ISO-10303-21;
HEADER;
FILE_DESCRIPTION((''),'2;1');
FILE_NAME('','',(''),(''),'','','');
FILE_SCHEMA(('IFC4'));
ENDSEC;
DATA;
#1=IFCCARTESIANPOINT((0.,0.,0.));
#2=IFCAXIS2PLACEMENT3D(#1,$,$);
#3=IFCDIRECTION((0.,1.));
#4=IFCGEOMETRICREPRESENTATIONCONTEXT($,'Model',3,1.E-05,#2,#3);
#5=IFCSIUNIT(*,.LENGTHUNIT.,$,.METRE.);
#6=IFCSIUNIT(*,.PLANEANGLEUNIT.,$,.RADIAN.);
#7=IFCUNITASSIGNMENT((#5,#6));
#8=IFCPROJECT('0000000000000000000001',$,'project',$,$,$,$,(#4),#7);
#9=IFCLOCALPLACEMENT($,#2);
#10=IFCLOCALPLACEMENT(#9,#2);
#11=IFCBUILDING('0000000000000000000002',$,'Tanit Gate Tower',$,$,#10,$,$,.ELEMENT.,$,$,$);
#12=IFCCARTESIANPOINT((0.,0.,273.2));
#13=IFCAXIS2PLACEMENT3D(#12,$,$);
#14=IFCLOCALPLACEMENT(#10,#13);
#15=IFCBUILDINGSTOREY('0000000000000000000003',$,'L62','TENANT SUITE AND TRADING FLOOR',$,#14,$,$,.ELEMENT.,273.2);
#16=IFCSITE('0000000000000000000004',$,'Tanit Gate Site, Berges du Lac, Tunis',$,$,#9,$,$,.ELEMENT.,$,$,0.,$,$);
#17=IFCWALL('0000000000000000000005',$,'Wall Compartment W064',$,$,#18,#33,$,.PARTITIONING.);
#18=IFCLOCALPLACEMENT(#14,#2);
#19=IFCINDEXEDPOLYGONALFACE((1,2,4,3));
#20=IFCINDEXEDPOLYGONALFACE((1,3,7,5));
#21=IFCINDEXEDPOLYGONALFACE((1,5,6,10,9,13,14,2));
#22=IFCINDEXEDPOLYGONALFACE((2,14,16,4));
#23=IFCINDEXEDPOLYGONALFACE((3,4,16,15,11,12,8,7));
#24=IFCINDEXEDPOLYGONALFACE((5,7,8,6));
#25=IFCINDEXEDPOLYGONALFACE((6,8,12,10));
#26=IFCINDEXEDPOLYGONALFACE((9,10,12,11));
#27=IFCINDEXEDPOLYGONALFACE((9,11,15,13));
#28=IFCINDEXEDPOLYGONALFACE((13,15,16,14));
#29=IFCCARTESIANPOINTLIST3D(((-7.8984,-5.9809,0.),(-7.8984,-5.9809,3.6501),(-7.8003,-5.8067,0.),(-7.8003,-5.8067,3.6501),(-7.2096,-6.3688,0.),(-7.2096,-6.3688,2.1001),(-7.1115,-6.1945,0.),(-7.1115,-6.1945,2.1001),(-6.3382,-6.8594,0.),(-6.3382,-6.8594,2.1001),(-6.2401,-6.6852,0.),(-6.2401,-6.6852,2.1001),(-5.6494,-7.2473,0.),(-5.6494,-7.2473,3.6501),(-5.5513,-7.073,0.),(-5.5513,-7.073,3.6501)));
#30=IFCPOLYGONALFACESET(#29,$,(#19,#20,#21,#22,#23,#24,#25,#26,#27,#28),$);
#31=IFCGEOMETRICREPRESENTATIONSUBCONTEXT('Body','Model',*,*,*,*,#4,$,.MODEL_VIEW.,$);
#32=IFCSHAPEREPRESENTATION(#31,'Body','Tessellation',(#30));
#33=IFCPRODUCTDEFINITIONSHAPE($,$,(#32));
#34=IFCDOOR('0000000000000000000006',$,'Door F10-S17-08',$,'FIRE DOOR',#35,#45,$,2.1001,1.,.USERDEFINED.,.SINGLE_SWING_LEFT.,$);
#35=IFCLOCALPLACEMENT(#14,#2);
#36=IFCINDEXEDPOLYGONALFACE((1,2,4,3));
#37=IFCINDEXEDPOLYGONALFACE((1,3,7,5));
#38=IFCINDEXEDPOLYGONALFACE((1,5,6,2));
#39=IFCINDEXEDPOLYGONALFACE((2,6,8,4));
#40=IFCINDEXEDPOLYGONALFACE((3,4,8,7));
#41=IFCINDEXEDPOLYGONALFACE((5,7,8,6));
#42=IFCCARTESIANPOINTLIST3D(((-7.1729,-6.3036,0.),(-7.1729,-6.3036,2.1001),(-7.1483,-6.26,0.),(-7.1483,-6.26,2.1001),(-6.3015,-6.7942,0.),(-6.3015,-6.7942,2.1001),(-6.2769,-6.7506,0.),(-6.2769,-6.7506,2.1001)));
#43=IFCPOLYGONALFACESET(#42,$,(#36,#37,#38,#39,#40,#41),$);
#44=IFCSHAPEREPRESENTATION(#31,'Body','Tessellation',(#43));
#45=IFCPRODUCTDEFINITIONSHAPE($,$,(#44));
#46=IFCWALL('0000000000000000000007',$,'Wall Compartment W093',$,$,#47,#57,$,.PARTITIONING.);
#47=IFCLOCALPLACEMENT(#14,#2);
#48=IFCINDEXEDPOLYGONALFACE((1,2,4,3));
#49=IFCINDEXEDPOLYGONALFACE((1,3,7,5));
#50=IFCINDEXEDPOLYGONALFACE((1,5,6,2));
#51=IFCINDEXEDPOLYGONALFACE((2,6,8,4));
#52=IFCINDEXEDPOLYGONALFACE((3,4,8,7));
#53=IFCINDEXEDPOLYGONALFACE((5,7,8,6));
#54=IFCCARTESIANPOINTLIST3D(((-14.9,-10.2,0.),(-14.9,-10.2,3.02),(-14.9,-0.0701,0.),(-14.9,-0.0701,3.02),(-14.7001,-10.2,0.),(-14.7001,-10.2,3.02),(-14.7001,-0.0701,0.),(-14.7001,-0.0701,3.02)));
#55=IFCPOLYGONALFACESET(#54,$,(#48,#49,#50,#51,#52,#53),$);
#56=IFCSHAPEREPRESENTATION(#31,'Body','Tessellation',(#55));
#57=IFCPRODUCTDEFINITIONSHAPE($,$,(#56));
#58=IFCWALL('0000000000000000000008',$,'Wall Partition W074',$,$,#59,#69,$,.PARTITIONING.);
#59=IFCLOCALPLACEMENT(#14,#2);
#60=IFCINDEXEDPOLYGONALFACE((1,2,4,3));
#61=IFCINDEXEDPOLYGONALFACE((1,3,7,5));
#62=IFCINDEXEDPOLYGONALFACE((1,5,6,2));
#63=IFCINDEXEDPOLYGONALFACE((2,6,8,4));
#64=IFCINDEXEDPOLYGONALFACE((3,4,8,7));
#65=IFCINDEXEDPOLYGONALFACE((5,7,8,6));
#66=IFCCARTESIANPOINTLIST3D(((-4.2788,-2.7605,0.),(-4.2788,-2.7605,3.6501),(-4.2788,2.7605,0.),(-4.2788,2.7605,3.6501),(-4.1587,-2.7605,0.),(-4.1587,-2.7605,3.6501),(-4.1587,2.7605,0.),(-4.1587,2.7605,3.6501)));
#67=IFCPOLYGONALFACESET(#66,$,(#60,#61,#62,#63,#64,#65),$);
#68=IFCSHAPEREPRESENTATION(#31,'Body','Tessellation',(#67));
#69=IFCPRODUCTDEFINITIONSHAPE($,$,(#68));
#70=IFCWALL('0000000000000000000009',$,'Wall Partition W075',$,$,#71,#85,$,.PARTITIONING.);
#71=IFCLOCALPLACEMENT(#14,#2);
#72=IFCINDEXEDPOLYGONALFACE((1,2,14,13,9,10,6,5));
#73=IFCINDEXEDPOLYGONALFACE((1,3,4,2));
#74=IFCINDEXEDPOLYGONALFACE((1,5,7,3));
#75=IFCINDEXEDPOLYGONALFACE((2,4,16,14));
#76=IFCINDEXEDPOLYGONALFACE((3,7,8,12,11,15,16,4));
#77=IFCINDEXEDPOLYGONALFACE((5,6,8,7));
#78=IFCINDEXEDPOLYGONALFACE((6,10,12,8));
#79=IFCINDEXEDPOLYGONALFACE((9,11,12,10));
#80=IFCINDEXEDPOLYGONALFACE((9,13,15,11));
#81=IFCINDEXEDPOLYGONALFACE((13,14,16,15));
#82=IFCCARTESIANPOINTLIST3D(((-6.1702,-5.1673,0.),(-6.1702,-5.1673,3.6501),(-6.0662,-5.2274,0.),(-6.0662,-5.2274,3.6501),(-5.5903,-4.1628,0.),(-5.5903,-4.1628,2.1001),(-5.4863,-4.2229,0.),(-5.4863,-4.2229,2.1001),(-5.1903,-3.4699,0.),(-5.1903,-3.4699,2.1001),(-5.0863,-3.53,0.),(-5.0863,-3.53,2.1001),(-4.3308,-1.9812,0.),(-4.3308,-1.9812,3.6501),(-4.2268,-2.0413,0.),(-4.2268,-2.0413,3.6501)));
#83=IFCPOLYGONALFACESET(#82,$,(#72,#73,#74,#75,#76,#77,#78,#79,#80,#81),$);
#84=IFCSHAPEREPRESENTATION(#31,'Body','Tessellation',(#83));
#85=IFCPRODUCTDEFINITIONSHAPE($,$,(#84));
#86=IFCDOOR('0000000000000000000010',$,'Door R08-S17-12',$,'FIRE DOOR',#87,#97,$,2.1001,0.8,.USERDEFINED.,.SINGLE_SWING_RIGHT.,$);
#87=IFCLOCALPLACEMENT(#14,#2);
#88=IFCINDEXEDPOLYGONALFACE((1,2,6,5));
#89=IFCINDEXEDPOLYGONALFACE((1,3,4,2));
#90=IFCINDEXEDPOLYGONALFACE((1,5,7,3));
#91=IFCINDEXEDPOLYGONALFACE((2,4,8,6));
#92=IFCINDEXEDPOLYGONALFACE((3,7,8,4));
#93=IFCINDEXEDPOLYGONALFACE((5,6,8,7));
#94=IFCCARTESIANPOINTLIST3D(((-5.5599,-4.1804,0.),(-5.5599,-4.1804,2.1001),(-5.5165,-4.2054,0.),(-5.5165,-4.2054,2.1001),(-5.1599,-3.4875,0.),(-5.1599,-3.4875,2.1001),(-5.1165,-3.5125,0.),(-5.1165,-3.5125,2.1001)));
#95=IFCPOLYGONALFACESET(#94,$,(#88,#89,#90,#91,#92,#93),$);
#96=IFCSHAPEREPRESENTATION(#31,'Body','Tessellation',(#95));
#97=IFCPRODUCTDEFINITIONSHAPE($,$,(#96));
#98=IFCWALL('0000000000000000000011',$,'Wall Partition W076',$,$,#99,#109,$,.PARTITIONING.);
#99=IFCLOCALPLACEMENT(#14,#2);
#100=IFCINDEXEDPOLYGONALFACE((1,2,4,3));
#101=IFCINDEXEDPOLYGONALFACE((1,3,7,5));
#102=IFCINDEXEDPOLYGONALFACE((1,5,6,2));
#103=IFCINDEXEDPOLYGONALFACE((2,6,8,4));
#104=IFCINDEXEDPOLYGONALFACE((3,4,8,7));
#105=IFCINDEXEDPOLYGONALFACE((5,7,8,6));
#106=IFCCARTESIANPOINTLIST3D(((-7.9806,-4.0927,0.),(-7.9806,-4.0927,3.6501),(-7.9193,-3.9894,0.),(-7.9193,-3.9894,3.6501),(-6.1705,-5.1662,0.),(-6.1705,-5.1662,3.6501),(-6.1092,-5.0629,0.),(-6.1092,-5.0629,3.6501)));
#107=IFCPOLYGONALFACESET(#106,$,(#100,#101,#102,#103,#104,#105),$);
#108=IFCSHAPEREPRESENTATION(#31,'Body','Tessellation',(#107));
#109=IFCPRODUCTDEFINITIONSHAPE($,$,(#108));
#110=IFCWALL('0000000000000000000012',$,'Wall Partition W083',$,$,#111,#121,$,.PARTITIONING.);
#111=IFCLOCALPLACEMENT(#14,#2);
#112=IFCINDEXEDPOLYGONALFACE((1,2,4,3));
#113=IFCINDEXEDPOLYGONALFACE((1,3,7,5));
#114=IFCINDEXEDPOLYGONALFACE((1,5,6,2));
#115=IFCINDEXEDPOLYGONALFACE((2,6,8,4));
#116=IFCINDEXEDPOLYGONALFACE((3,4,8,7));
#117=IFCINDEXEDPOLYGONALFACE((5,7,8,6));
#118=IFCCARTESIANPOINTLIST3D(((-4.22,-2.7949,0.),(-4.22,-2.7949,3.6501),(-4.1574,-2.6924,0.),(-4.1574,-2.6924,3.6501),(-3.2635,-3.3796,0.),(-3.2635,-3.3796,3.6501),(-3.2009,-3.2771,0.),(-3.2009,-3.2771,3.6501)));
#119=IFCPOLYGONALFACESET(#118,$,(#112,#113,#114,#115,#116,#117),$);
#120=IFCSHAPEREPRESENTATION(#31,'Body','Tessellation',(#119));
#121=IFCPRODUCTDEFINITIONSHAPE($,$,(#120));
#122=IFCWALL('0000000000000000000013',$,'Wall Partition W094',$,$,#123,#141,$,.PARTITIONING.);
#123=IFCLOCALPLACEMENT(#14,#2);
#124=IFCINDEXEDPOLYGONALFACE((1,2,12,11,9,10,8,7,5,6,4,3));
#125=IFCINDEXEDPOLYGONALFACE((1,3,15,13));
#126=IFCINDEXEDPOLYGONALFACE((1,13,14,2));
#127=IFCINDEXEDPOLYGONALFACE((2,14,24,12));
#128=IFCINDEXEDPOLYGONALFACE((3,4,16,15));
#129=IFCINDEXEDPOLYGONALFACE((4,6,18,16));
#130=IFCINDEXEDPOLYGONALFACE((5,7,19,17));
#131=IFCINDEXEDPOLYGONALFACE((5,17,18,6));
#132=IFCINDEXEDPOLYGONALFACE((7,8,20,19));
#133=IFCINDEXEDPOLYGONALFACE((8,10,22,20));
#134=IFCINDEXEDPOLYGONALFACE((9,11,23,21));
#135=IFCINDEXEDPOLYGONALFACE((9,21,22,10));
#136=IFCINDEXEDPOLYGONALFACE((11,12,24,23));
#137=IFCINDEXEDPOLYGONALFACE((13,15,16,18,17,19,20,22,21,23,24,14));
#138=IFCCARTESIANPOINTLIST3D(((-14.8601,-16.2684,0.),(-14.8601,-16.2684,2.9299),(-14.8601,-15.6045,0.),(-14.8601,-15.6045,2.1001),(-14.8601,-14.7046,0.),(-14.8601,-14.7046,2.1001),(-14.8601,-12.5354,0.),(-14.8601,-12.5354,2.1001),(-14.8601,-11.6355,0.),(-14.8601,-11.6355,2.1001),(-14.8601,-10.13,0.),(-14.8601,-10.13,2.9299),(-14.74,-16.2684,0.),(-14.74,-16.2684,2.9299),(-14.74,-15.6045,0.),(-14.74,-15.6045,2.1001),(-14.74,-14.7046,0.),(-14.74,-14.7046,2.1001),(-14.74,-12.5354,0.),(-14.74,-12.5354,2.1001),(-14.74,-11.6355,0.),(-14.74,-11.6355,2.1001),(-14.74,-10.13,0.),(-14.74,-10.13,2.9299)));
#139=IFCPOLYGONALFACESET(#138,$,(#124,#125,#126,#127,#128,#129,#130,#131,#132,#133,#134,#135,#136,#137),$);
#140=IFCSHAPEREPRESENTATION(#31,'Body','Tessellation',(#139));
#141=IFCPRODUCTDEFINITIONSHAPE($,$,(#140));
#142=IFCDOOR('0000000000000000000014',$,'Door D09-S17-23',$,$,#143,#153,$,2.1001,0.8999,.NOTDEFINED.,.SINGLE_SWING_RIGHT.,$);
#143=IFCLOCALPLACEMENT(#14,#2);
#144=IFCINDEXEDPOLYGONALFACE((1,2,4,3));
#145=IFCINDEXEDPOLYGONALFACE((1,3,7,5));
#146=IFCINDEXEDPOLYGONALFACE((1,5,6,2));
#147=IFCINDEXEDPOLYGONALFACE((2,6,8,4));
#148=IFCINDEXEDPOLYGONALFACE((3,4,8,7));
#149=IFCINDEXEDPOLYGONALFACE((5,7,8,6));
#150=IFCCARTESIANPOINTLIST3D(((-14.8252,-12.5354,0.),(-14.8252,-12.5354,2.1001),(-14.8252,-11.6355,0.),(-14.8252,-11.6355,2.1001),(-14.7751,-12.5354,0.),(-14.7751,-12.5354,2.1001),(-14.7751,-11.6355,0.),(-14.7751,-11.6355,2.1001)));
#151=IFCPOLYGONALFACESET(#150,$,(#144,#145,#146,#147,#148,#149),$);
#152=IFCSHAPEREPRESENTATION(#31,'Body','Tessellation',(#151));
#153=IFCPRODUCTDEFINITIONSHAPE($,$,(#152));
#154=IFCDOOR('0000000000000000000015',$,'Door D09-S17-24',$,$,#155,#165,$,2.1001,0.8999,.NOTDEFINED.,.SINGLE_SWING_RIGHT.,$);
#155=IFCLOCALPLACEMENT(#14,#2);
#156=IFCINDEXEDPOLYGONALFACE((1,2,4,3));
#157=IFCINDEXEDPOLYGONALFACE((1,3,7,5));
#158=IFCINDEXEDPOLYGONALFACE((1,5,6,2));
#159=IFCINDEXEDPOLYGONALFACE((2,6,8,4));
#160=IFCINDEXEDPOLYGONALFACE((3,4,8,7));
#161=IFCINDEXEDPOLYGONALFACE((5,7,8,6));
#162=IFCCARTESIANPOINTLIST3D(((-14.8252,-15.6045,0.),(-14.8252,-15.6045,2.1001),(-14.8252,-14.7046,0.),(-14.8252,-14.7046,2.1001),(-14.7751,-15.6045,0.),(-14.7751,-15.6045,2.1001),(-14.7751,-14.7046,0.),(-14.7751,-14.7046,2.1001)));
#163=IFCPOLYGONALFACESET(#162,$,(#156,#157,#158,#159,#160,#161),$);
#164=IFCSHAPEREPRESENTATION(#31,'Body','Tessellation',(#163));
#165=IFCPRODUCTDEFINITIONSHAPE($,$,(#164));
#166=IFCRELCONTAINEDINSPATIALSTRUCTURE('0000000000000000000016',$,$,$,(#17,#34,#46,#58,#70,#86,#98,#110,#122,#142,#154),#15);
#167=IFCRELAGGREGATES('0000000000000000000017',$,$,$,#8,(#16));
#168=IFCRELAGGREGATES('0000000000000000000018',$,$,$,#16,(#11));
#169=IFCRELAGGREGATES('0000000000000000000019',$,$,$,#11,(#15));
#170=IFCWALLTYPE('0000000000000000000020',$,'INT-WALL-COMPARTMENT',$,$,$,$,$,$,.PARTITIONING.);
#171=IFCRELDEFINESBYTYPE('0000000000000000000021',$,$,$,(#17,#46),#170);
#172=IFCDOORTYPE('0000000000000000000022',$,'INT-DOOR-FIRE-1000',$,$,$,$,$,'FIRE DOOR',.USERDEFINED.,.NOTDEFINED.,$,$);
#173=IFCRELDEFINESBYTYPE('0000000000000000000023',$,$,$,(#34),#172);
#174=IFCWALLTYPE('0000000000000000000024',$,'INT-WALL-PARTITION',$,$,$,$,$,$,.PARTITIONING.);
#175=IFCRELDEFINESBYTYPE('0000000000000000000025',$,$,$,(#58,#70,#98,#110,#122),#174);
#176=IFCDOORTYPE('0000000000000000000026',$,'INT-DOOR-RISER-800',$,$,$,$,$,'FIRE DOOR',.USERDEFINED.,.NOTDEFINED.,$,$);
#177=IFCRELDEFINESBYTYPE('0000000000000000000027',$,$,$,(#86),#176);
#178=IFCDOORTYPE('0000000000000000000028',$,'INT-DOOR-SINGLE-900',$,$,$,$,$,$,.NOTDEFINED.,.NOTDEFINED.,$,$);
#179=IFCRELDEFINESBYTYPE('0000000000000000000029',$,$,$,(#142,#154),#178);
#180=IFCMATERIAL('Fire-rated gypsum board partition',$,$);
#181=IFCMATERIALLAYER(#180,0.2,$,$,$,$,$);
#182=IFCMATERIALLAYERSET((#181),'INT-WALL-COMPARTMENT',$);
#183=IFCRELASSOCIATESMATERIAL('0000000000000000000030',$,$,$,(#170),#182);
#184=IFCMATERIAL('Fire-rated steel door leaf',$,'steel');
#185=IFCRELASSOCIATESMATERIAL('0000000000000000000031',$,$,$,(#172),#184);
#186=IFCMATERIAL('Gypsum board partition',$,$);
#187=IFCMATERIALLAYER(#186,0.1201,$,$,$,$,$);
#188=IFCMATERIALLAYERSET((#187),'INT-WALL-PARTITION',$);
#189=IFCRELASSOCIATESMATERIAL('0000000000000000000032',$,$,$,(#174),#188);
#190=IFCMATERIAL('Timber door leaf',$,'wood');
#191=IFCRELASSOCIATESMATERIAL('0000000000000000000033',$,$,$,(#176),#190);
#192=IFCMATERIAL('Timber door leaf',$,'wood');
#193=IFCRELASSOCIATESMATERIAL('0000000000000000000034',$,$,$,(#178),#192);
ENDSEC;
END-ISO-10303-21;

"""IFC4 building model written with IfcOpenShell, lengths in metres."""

from ifc_helpers import new_model, si_unit, direction, frame, frame_2d, origin, place, context, subcontext, project, spatial, rectangle, extrude, material, layer, layer_set, type_object, element, fill, save


model = new_model("IFC4")

# Units and contexts
model_context = context("Model", 3, precision=1e-05, world=origin(), true_north=direction((0.0, 1.0)))
body_context = subcontext(model_context, "Body", "Model", "MODEL_VIEW")
ifc_project = project(units=[si_unit("LENGTHUNIT", "METRE"), si_unit("PLANEANGLEUNIT", "RADIAN")], contexts=[model_context])

# Site, building, storey
site_placement = place(None, origin())
site = spatial("IfcSite", under=ifc_project, at=site_placement, Name="Tanit Gate Site, Berges du Lac, Tunis", CompositionType="ELEMENT", RefElevation=0.0)
building_placement = place(site_placement, origin())
building = spatial("IfcBuilding", under=site, at=building_placement, Name="Tanit Gate Tower", CompositionType="ELEMENT")
storey_placement = place(building_placement, frame((0.0, 0.0, 273.2)))
storey = spatial("IfcBuildingStorey", under=building, at=storey_placement, Name="L62", Description="TENANT SUITE AND TRADING FLOOR", CompositionType="ELEMENT", Elevation=273.2)

# Wall, opening, door
ifc_material_1 = material(Name="Fire-rated gypsum board partition")
ifc_layer_1 = layer(ifc_material_1, 0.2)
ifc_layer_set_1 = layer_set([ifc_layer_1], Name="INT-WALL-COMPARTMENT")
wall_type_1 = type_object("IfcWallType", Name="INT-WALL-COMPARTMENT", PredefinedType="PARTITIONING", material=ifc_layer_set_1)
wall_1_placement = place(storey_placement, frame((-7.8494, -5.8938, 0.0), z_axis=(0.0, 0.0, 1.0), x_axis=(0.871363, -0.490638, 0.0)))
wall_1 = element("IfcWall", 1, at=wall_1_placement, inside=storey, type_object=wall_type_1, Name="Wall Compartment W064", PredefinedType="PARTITIONING", context=body_context, shape_type="SweptSolid", body=[
    extrude(rectangle(XDim=2.5811, YDim=0.2, at=frame_2d((1.2905, 0.0))), origin(), (0.0, 0.0, 1.0), 3.6501),
])
opening_1_placement = place(wall_1_placement, frame((0.7905, 0.0, 0.0)))
opening_1 = element("IfcOpeningElement", 2, at=opening_1_placement, cuts=wall_1, PredefinedType="OPENING", context=body_context, shape_type="SweptSolid", body=[
    extrude(rectangle(XDim=1.0, YDim=2.1001, at=frame_2d((0.5, 1.05))), frame((0.0, 0.1099, 0.0), z_axis=(0.0, -1.0, 0.0), x_axis=(1.0, 0.0, 0.0)), (0.0, 0.0, 1.0), 0.22),
])
ifc_material_2 = material(Name="Fire-rated steel door leaf", Category="steel")
door_type_1 = type_object("IfcDoorType", Name="INT-DOOR-FIRE-1000", ElementType="FIRE DOOR", OperationType="NOTDEFINED", PredefinedType="USERDEFINED", material=ifc_material_2)
door_1_placement = place(opening_1_placement, origin())
door_1 = element("IfcDoor", 3, at=door_1_placement, inside=storey, type_object=door_type_1, Name="Door F10-S17-08", ObjectType="FIRE DOOR", OperationType="SINGLE_SWING_LEFT", OverallHeight=2.1001, OverallWidth=1.0, PredefinedType="USERDEFINED", context=body_context, shape_type="SweptSolid", body=[
    extrude(rectangle(XDim=1.0, YDim=2.1001, at=frame_2d((0.5, 1.05))), frame((0.0, 0.0249, 0.0), z_axis=(0.0, -1.0, 0.0), x_axis=(1.0, 0.0, 0.0)), (0.0, 0.0, 1.0), 0.05),
])
fill(opening_1, door_1)

# Walls
wall_2_placement = place(storey_placement, frame((-14.8, -0.0701, 0.0), z_axis=(0.0, 0.0, 1.0), x_axis=(0.0, -1.0, 0.0)))
element("IfcWall", 4, at=wall_2_placement, inside=storey, type_object=wall_type_1, Name="Wall Compartment W093", PredefinedType="PARTITIONING", context=body_context, shape_type="SweptSolid", body=[
    extrude(rectangle(XDim=10.1299, YDim=0.2, at=frame_2d((5.0649, 0.0))), origin(), (0.0, 0.0, 1.0), 3.02),
])
ifc_material_3 = material(Name="Gypsum board partition")
ifc_layer_2 = layer(ifc_material_3, 0.1201)
ifc_layer_set_2 = layer_set([ifc_layer_2], Name="INT-WALL-PARTITION")
wall_type_2 = type_object("IfcWallType", Name="INT-WALL-PARTITION", PredefinedType="PARTITIONING", material=ifc_layer_set_2)
wall_3_placement = place(storey_placement, frame((-4.2188, -2.7605, 0.0), z_axis=(0.0, 0.0, 1.0), x_axis=(0.0, 1.0, 0.0)))
element("IfcWall", 5, at=wall_3_placement, inside=storey, type_object=wall_type_2, Name="Wall Partition W074", PredefinedType="PARTITIONING", context=body_context, shape_type="SweptSolid", body=[
    extrude(rectangle(XDim=5.521, YDim=0.1201, at=frame_2d((2.7605, 0.0))), origin(), (0.0, 0.0, 1.0), 3.6501),
])

# Wall, opening, door
wall_4_placement = place(storey_placement, frame((-6.1182, -5.1973, 0.0), z_axis=(0.0, 0.0, 1.0), x_axis=(0.499979, 0.866038, 0.0)))
wall_4 = element("IfcWall", 6, at=wall_4_placement, inside=storey, type_object=wall_type_2, Name="Wall Partition W075", PredefinedType="PARTITIONING", context=body_context, shape_type="SweptSolid", body=[
    extrude(rectangle(XDim=3.679, YDim=0.1201, at=frame_2d((1.8394, 0.0))), origin(), (0.0, 0.0, 1.0), 3.6501),
])
opening_2_placement = place(wall_4_placement, frame((1.1599, 0.0, 0.0)))
opening_2 = element("IfcOpeningElement", 7, at=opening_2_placement, cuts=wall_4, PredefinedType="OPENING", context=body_context, shape_type="SweptSolid", body=[
    extrude(rectangle(XDim=0.8, YDim=2.1001, at=frame_2d((0.3999, 1.05))), frame((0.0, 0.0701, 0.0), z_axis=(0.0, -1.0, 0.0), x_axis=(1.0, 0.0, 0.0)), (0.0, 0.0, 1.0), 0.1401),
])
ifc_material_4 = material(Name="Timber door leaf", Category="wood")
door_type_2 = type_object("IfcDoorType", Name="INT-DOOR-RISER-800", ElementType="FIRE DOOR", OperationType="NOTDEFINED", PredefinedType="USERDEFINED", material=ifc_material_4)
door_2_placement = place(opening_2_placement, origin())
door_2 = element("IfcDoor", 8, at=door_2_placement, inside=storey, type_object=door_type_2, Name="Door R08-S17-12", ObjectType="FIRE DOOR", OperationType="SINGLE_SWING_RIGHT", OverallHeight=2.1001, OverallWidth=0.8, PredefinedType="USERDEFINED", context=body_context, shape_type="SweptSolid", body=[
    extrude(rectangle(XDim=0.8, YDim=2.1001, at=frame_2d((0.3999, 1.05))), frame((0.0, 0.0249, 0.0), z_axis=(0.0, -1.0, 0.0), x_axis=(1.0, 0.0, 0.0)), (0.0, 0.0, 1.0), 0.05),
])
fill(opening_2, door_2)

# Walls
wall_5_placement = place(storey_placement, frame((-7.95, -4.041, 0.0), z_axis=(0.0, 0.0, 1.0), x_axis=(0.860112, -0.510104, 0.0)))
element("IfcWall", 9, at=wall_5_placement, inside=storey, type_object=wall_type_2, Name="Wall Partition W076", PredefinedType="PARTITIONING", context=body_context, shape_type="SweptSolid", body=[
    extrude(rectangle(XDim=2.1045, YDim=0.1201, at=frame_2d((1.0522, 0.0))), origin(), (0.0, 0.0, 1.0), 3.6501),
])
wall_6_placement = place(storey_placement, frame((-4.1887, -2.7437, 0.0), z_axis=(0.0, 0.0, 1.0), x_axis=(0.853217, -0.521556, 0.0)))
element("IfcWall", 10, at=wall_6_placement, inside=storey, type_object=wall_type_2, Name="Wall Partition W083", PredefinedType="PARTITIONING", context=body_context, shape_type="SweptSolid", body=[
    extrude(rectangle(XDim=1.1211, YDim=0.1201, at=frame_2d((0.5605, 0.0))), origin(), (0.0, 0.0, 1.0), 3.6501),
])

# Wall, openings, doors
wall_7_placement = place(storey_placement, frame((-14.8, -10.1299, 0.0), z_axis=(0.0, 0.0, 1.0), x_axis=(0.0, -1.0, 0.0)))
wall_7 = element("IfcWall", 11, at=wall_7_placement, inside=storey, type_object=wall_type_2, Name="Wall Partition W094", PredefinedType="PARTITIONING", context=body_context, shape_type="SweptSolid", body=[
    extrude(rectangle(XDim=6.1384, YDim=0.1201, at=frame_2d((3.0693, 0.0))), origin(), (0.0, 0.0, 1.0), 2.9299),
])
opening_3_placement = place(wall_7_placement, frame((1.5056, 0.0, 0.0)))
opening_3 = element("IfcOpeningElement", 12, at=opening_3_placement, cuts=wall_7, PredefinedType="OPENING", context=body_context, shape_type="SweptSolid", body=[
    extrude(rectangle(XDim=0.8999, YDim=2.1001, at=frame_2d((0.45, 1.05))), frame((0.0, 0.0701, 0.0), z_axis=(0.0, -1.0, 0.0), x_axis=(1.0, 0.0, 0.0)), (0.0, 0.0, 1.0), 0.1401),
])
opening_4_placement = place(wall_7_placement, frame((4.5747, 0.0, 0.0)))
opening_4 = element("IfcOpeningElement", 13, at=opening_4_placement, cuts=wall_7, PredefinedType="OPENING", context=body_context, shape_type="SweptSolid", body=[
    extrude(rectangle(XDim=0.8999, YDim=2.1001, at=frame_2d((0.45, 1.05))), frame((0.0, 0.0701, 0.0), z_axis=(0.0, -1.0, 0.0), x_axis=(1.0, 0.0, 0.0)), (0.0, 0.0, 1.0), 0.1401),
])
ifc_material_5 = material(Name="Timber door leaf", Category="wood")
door_type_3 = type_object("IfcDoorType", Name="INT-DOOR-SINGLE-900", OperationType="NOTDEFINED", PredefinedType="NOTDEFINED", material=ifc_material_5)
door_3_placement = place(opening_3_placement, origin())
door_3 = element("IfcDoor", 14, at=door_3_placement, inside=storey, type_object=door_type_3, Name="Door D09-S17-23", OperationType="SINGLE_SWING_RIGHT", OverallHeight=2.1001, OverallWidth=0.8999, PredefinedType="NOTDEFINED", context=body_context, shape_type="SweptSolid", body=[
    extrude(rectangle(XDim=0.8999, YDim=2.1001, at=frame_2d((0.45, 1.05))), frame((0.0, 0.0249, 0.0), z_axis=(0.0, -1.0, 0.0), x_axis=(1.0, 0.0, 0.0)), (0.0, 0.0, 1.0), 0.05),
])
fill(opening_3, door_3)
door_4_placement = place(opening_4_placement, origin())
door_4 = element("IfcDoor", 15, at=door_4_placement, inside=storey, type_object=door_type_3, Name="Door D09-S17-24", OperationType="SINGLE_SWING_RIGHT", OverallHeight=2.1001, OverallWidth=0.8999, PredefinedType="NOTDEFINED", context=body_context, shape_type="SweptSolid", body=[
    extrude(rectangle(XDim=0.8999, YDim=2.1001, at=frame_2d((0.45, 1.05))), frame((0.0, 0.0249, 0.0), z_axis=(0.0, -1.0, 0.0), x_axis=(1.0, 0.0, 0.0)), (0.0, 0.0, 1.0), 0.05),
])
fill(opening_4, door_4)

save(model, "model.ifc")
